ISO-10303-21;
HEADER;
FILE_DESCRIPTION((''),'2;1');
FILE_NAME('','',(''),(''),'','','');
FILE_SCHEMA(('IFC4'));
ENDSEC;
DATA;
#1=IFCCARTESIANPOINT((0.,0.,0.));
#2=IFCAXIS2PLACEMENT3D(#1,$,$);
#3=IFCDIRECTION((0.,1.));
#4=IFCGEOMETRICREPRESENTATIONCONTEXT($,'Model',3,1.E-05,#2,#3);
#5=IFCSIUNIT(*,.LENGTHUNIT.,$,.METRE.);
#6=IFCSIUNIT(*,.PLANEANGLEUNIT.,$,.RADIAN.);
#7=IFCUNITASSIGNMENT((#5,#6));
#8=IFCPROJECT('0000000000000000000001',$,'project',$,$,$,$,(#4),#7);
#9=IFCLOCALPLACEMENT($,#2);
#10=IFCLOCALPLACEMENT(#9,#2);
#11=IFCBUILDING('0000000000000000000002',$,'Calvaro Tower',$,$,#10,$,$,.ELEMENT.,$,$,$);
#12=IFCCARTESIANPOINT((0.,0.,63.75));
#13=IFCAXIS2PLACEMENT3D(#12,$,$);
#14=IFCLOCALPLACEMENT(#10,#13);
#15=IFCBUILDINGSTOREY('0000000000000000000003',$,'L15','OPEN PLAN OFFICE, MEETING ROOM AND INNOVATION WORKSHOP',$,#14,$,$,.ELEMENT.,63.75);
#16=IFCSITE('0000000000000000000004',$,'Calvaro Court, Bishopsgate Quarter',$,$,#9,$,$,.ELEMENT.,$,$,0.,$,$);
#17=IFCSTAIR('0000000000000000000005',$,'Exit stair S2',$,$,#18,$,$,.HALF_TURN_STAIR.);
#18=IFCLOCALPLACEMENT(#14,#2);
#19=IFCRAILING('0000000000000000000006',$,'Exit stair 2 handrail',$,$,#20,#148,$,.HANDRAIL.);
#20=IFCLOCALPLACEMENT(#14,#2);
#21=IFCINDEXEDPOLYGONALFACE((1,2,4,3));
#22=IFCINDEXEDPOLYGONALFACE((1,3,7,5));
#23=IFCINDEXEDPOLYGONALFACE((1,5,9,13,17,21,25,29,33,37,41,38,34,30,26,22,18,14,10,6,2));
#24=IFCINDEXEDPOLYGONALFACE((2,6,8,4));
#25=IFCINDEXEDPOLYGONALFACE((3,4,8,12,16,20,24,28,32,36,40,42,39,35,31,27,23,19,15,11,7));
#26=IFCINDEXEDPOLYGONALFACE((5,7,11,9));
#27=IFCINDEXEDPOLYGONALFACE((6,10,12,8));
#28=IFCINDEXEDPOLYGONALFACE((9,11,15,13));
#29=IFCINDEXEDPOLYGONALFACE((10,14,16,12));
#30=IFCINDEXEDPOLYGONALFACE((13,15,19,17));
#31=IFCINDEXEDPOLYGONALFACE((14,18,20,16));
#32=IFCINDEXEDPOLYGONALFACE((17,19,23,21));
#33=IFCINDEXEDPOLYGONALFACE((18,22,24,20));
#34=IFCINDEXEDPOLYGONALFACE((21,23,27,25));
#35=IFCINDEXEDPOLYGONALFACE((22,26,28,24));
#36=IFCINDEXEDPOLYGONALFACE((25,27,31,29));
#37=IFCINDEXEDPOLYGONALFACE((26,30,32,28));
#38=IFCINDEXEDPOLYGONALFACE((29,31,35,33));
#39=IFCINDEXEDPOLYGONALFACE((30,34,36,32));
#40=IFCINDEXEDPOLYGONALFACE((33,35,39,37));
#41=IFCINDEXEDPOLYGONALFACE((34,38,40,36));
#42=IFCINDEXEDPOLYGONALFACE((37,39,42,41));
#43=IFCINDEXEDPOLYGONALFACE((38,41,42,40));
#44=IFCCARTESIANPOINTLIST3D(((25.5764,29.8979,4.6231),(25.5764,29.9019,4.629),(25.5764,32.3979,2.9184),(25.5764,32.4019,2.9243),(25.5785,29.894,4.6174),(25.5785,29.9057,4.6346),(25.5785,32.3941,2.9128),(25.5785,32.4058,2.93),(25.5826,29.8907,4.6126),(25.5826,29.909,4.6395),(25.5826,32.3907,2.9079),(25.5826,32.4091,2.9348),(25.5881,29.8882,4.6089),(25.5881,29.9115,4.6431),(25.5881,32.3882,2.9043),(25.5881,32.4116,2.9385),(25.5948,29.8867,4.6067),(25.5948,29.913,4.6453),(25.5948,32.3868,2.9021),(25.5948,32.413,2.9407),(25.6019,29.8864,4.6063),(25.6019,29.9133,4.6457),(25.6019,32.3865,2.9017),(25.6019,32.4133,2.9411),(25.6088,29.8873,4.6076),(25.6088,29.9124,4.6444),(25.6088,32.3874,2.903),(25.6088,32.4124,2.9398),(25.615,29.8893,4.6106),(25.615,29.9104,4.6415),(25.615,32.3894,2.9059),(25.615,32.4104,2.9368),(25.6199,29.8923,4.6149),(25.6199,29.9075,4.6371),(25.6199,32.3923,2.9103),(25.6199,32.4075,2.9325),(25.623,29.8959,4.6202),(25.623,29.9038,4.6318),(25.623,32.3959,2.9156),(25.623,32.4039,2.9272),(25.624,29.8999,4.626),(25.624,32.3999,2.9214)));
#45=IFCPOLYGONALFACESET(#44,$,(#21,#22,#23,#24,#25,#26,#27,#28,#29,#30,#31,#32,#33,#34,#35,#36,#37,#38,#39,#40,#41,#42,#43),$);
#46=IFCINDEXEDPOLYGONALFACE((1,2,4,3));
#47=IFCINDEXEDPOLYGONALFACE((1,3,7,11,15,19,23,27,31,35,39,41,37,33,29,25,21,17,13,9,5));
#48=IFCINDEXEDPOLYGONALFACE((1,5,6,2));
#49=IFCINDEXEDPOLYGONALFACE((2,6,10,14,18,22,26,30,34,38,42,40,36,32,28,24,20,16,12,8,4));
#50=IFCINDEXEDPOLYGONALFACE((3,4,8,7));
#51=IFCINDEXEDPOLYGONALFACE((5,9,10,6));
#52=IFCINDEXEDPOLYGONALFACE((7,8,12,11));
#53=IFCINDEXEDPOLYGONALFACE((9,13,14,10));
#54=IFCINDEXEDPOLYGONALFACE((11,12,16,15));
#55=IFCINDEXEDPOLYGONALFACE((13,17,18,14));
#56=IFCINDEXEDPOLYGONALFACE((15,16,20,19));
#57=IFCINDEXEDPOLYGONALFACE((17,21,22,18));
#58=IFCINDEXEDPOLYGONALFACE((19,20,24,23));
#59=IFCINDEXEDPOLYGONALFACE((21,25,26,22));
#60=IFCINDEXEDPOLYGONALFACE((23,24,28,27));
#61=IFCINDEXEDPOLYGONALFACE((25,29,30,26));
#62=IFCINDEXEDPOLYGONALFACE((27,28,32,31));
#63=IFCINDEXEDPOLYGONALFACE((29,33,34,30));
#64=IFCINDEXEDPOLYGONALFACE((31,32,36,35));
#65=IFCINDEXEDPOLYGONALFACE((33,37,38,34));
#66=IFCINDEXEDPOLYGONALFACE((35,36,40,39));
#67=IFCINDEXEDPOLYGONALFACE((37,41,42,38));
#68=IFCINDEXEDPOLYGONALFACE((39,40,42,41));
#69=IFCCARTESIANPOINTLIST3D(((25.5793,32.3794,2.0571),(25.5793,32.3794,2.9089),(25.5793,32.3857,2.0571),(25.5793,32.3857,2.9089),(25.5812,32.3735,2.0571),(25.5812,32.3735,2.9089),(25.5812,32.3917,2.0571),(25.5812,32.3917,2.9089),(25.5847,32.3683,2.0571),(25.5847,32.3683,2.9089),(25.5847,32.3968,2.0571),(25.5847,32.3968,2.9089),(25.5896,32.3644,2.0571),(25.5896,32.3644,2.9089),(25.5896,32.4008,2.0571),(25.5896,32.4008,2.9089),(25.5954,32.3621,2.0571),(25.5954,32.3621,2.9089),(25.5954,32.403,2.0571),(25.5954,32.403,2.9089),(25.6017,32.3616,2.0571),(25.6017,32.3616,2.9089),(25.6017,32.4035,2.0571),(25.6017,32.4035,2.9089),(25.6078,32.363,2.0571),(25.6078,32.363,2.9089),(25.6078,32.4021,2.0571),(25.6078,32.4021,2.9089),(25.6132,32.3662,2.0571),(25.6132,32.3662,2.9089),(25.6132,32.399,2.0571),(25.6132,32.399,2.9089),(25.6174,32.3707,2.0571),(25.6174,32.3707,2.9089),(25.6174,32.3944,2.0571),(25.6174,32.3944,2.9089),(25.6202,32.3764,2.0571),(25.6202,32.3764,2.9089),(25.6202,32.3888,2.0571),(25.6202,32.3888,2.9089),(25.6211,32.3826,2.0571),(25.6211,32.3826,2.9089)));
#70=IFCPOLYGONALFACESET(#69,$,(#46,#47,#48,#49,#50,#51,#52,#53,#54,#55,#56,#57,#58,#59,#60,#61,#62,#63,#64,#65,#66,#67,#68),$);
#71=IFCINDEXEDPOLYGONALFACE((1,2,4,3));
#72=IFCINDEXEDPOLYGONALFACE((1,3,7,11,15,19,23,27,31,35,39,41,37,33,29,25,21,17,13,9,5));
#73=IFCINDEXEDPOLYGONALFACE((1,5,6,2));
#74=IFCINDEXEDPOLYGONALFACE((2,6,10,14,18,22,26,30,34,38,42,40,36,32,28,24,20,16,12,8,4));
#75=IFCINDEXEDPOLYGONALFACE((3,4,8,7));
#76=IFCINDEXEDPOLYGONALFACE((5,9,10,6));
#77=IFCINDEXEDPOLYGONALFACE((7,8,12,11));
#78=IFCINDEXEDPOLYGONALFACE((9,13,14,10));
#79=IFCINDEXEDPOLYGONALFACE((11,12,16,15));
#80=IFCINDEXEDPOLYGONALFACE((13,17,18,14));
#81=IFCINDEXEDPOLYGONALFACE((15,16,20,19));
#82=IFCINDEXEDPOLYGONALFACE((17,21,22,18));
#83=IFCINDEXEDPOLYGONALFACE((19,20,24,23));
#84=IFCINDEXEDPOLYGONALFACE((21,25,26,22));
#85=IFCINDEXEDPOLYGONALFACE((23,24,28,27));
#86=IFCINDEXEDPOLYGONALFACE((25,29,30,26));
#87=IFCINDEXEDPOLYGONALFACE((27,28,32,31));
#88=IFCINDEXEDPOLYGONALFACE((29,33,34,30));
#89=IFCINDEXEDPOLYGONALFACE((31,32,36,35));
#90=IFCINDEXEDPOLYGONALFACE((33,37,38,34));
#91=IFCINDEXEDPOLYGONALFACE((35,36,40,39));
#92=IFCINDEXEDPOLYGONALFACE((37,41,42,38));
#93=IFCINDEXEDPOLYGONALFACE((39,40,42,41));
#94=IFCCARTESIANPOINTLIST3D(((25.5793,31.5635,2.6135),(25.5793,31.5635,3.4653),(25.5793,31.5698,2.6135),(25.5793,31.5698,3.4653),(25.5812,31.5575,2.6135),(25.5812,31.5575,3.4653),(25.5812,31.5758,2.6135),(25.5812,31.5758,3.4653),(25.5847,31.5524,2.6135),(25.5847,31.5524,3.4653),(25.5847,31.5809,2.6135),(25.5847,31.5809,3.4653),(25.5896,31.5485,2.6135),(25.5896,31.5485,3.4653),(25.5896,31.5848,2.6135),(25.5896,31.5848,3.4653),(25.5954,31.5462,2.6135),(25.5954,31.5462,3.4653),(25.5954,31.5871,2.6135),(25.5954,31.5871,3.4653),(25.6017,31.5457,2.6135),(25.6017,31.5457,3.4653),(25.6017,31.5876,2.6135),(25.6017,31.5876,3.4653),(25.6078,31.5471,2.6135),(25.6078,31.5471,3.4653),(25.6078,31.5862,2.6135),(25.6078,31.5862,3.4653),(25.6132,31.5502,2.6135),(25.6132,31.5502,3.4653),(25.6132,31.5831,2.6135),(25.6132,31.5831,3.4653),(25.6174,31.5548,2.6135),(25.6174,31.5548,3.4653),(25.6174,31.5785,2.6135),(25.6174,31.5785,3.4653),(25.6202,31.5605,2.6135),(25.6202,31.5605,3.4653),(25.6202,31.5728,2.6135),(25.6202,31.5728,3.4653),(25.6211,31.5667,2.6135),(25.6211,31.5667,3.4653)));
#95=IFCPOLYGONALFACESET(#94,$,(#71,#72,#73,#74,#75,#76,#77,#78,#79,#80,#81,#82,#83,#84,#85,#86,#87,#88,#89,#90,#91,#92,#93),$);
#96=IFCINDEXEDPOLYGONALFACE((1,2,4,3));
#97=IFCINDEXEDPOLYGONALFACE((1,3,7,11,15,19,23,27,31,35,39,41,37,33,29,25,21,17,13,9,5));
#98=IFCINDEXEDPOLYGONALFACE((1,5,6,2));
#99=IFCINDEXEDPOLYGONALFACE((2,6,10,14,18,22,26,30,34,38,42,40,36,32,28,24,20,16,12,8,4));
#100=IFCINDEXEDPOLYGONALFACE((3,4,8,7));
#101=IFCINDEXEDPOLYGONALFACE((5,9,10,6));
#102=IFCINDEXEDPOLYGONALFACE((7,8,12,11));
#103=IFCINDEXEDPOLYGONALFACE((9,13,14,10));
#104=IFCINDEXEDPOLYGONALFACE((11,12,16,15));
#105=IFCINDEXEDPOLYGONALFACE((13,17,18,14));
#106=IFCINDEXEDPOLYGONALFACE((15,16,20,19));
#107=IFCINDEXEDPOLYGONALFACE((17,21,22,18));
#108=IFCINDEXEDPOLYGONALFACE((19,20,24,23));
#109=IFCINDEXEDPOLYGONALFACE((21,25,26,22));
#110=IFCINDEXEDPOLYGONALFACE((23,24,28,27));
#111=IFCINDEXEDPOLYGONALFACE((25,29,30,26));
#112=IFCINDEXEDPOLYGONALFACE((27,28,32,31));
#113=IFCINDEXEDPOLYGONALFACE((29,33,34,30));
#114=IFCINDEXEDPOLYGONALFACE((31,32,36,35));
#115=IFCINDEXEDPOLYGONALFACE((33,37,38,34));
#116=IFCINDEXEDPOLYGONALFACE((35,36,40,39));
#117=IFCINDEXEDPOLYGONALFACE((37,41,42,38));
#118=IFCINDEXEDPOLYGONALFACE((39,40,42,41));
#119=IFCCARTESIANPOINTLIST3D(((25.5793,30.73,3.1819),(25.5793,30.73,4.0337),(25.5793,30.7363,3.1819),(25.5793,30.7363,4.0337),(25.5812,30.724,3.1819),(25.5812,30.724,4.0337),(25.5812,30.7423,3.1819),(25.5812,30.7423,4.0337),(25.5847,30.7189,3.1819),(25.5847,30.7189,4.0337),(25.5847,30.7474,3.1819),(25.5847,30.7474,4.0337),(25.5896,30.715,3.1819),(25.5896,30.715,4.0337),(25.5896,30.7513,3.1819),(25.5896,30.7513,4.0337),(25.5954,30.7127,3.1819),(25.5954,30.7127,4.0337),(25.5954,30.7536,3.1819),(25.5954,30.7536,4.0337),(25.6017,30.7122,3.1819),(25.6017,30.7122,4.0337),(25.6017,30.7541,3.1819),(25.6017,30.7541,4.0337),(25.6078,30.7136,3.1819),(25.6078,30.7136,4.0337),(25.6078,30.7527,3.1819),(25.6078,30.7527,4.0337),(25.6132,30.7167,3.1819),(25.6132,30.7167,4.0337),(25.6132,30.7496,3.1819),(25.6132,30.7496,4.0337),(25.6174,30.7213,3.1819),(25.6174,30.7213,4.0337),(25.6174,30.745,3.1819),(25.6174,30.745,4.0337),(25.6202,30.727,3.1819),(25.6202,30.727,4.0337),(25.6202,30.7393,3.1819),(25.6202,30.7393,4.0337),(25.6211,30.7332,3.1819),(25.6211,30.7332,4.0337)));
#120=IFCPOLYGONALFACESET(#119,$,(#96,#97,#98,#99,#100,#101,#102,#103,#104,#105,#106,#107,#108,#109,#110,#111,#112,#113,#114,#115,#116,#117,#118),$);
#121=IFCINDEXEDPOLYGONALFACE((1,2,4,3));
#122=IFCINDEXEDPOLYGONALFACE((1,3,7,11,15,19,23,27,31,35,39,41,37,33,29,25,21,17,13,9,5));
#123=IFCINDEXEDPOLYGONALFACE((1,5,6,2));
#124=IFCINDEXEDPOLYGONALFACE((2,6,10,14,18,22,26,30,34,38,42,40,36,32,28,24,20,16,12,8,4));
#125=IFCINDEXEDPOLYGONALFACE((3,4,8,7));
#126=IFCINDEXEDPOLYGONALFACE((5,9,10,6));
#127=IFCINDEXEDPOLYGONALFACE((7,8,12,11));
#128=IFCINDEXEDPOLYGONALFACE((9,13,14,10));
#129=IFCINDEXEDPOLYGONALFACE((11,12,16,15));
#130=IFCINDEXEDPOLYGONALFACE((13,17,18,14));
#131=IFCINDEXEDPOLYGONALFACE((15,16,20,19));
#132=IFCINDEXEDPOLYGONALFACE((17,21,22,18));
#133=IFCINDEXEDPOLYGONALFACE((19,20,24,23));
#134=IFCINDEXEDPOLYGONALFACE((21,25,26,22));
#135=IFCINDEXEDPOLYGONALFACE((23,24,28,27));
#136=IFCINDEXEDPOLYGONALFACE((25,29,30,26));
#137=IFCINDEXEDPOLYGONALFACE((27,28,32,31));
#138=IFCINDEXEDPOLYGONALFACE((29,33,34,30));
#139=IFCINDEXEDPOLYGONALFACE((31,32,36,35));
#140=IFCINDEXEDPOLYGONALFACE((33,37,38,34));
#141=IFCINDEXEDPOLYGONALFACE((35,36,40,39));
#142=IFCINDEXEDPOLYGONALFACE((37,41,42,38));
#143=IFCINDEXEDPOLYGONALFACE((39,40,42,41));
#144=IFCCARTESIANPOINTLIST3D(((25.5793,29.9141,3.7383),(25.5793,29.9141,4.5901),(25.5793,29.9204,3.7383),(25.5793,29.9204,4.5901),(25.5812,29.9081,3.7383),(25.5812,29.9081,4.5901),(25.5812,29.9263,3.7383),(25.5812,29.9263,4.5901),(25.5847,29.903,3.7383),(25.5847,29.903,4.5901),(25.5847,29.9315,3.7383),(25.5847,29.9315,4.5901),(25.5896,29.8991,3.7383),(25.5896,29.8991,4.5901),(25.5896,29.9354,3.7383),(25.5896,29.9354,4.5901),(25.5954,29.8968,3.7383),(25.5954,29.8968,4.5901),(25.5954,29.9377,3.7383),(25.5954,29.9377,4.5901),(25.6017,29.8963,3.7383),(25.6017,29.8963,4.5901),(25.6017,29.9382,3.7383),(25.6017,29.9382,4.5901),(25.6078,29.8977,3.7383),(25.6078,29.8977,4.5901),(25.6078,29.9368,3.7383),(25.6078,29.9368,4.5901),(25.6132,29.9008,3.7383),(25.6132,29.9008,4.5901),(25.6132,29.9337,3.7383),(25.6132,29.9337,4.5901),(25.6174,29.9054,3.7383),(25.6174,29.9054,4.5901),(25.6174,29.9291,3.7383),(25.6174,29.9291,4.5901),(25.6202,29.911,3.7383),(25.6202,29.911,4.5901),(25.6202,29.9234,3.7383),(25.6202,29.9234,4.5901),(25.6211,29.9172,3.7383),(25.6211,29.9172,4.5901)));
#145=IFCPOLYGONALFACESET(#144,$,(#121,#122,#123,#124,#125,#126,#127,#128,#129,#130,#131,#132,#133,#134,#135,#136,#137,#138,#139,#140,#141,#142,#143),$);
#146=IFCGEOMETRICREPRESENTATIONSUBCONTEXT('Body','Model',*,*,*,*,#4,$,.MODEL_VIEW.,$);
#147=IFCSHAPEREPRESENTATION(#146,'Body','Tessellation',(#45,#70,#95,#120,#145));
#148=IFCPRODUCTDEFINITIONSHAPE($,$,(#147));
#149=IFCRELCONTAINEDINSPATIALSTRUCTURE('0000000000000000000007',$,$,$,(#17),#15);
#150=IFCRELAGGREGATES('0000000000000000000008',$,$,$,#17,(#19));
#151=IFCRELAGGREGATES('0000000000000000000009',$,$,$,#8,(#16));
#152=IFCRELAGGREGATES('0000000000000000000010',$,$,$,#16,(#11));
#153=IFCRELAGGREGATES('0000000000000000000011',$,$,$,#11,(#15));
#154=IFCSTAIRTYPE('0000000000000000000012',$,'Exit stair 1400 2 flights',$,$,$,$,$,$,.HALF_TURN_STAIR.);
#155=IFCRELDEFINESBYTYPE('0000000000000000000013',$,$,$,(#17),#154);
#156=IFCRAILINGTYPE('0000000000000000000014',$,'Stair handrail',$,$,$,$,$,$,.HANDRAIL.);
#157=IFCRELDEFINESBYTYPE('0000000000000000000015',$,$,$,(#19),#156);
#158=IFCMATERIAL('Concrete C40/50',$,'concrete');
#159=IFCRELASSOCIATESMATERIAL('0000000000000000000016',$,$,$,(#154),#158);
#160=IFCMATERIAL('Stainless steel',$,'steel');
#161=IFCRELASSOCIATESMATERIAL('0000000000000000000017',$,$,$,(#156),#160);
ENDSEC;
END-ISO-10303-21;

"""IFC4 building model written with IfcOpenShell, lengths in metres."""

from ifc_helpers import new_model, si_unit, direction, frame, origin, origin_2d, place, context, subcontext, project, spatial, circle, extrude, material, type_object, element, aggregate, save


model = new_model("IFC4")

# Units and contexts
model_context = context("Model", 3, precision=1e-05, world=origin(), true_north=direction((0.0, 1.0)))
body_context = subcontext(model_context, "Body", "Model", "MODEL_VIEW")
ifc_project = project(units=[si_unit("LENGTHUNIT", "METRE"), si_unit("PLANEANGLEUNIT", "RADIAN")], contexts=[model_context])

# Site, building, storey
site_placement = place(None, origin())
site = spatial("IfcSite", under=ifc_project, at=site_placement, Name="Calvaro Court, Bishopsgate Quarter", CompositionType="ELEMENT", RefElevation=0.0)
building_placement = place(site_placement, origin())
building = spatial("IfcBuilding", under=site, at=building_placement, Name="Calvaro Tower", CompositionType="ELEMENT")
storey_placement = place(building_placement, frame((0.0, 0.0, 63.75)))
storey = spatial("IfcBuildingStorey", under=building, at=storey_placement, Name="L15", Description="OPEN PLAN OFFICE, MEETING ROOM AND INNOVATION WORKSHOP", CompositionType="ELEMENT", Elevation=63.75)

# Stair, railing
ifc_material_1 = material(Name="Concrete C40/50", Category="concrete")
stair_type = type_object("IfcStairType", Name="Exit stair 1400 2 flights", PredefinedType="HALF_TURN_STAIR", material=ifc_material_1)
stair_placement = place(storey_placement, origin())
stair = element("IfcStair", 1, at=stair_placement, inside=storey, type_object=stair_type, Name="Exit stair S2", PredefinedType="HALF_TURN_STAIR")
ifc_material_2 = material(Name="Stainless steel", Category="steel")
railing_type = type_object("IfcRailingType", Name="Stair handrail", PredefinedType="HANDRAIL", material=ifc_material_2)
railing_1_placement = place(storey_placement, frame((25.6001, 32.3999, 2.0454)))
railing_1 = element("IfcRailing", 2, at=railing_1_placement, type_object=railing_type, Name="Exit stair 2 handrail", PredefinedType="HANDRAIL", context=body_context, shape_type="SweptSolid", body=[
    extrude(circle(Radius=0.0239, at=origin_2d()), frame((0.0, 0.0, 0.876), z_axis=(0.0, -0.826221, 0.563347), x_axis=(1.0, 0.0, 0.0)), (0.0, 0.0, 1.0), 3.0259),
    extrude(circle(Radius=0.021, at=origin_2d()), frame((0.0, -0.0173, 0.0117)), (0.0, 0.0, 1.0), 0.8518),
    extrude(circle(Radius=0.021, at=origin_2d()), frame((0.0, -0.8333, 0.5681)), (0.0, 0.0, 1.0), 0.8518),
    extrude(circle(Radius=0.021, at=origin_2d()), frame((0.0, -1.6667, 1.1365)), (0.0, 0.0, 1.0), 0.8518),
    extrude(circle(Radius=0.021, at=origin_2d()), frame((0.0, -2.4827, 1.6929)), (0.0, 0.0, 1.0), 0.8518),
])
aggregate(stair, [railing_1])

save(model, "model.ifc")
